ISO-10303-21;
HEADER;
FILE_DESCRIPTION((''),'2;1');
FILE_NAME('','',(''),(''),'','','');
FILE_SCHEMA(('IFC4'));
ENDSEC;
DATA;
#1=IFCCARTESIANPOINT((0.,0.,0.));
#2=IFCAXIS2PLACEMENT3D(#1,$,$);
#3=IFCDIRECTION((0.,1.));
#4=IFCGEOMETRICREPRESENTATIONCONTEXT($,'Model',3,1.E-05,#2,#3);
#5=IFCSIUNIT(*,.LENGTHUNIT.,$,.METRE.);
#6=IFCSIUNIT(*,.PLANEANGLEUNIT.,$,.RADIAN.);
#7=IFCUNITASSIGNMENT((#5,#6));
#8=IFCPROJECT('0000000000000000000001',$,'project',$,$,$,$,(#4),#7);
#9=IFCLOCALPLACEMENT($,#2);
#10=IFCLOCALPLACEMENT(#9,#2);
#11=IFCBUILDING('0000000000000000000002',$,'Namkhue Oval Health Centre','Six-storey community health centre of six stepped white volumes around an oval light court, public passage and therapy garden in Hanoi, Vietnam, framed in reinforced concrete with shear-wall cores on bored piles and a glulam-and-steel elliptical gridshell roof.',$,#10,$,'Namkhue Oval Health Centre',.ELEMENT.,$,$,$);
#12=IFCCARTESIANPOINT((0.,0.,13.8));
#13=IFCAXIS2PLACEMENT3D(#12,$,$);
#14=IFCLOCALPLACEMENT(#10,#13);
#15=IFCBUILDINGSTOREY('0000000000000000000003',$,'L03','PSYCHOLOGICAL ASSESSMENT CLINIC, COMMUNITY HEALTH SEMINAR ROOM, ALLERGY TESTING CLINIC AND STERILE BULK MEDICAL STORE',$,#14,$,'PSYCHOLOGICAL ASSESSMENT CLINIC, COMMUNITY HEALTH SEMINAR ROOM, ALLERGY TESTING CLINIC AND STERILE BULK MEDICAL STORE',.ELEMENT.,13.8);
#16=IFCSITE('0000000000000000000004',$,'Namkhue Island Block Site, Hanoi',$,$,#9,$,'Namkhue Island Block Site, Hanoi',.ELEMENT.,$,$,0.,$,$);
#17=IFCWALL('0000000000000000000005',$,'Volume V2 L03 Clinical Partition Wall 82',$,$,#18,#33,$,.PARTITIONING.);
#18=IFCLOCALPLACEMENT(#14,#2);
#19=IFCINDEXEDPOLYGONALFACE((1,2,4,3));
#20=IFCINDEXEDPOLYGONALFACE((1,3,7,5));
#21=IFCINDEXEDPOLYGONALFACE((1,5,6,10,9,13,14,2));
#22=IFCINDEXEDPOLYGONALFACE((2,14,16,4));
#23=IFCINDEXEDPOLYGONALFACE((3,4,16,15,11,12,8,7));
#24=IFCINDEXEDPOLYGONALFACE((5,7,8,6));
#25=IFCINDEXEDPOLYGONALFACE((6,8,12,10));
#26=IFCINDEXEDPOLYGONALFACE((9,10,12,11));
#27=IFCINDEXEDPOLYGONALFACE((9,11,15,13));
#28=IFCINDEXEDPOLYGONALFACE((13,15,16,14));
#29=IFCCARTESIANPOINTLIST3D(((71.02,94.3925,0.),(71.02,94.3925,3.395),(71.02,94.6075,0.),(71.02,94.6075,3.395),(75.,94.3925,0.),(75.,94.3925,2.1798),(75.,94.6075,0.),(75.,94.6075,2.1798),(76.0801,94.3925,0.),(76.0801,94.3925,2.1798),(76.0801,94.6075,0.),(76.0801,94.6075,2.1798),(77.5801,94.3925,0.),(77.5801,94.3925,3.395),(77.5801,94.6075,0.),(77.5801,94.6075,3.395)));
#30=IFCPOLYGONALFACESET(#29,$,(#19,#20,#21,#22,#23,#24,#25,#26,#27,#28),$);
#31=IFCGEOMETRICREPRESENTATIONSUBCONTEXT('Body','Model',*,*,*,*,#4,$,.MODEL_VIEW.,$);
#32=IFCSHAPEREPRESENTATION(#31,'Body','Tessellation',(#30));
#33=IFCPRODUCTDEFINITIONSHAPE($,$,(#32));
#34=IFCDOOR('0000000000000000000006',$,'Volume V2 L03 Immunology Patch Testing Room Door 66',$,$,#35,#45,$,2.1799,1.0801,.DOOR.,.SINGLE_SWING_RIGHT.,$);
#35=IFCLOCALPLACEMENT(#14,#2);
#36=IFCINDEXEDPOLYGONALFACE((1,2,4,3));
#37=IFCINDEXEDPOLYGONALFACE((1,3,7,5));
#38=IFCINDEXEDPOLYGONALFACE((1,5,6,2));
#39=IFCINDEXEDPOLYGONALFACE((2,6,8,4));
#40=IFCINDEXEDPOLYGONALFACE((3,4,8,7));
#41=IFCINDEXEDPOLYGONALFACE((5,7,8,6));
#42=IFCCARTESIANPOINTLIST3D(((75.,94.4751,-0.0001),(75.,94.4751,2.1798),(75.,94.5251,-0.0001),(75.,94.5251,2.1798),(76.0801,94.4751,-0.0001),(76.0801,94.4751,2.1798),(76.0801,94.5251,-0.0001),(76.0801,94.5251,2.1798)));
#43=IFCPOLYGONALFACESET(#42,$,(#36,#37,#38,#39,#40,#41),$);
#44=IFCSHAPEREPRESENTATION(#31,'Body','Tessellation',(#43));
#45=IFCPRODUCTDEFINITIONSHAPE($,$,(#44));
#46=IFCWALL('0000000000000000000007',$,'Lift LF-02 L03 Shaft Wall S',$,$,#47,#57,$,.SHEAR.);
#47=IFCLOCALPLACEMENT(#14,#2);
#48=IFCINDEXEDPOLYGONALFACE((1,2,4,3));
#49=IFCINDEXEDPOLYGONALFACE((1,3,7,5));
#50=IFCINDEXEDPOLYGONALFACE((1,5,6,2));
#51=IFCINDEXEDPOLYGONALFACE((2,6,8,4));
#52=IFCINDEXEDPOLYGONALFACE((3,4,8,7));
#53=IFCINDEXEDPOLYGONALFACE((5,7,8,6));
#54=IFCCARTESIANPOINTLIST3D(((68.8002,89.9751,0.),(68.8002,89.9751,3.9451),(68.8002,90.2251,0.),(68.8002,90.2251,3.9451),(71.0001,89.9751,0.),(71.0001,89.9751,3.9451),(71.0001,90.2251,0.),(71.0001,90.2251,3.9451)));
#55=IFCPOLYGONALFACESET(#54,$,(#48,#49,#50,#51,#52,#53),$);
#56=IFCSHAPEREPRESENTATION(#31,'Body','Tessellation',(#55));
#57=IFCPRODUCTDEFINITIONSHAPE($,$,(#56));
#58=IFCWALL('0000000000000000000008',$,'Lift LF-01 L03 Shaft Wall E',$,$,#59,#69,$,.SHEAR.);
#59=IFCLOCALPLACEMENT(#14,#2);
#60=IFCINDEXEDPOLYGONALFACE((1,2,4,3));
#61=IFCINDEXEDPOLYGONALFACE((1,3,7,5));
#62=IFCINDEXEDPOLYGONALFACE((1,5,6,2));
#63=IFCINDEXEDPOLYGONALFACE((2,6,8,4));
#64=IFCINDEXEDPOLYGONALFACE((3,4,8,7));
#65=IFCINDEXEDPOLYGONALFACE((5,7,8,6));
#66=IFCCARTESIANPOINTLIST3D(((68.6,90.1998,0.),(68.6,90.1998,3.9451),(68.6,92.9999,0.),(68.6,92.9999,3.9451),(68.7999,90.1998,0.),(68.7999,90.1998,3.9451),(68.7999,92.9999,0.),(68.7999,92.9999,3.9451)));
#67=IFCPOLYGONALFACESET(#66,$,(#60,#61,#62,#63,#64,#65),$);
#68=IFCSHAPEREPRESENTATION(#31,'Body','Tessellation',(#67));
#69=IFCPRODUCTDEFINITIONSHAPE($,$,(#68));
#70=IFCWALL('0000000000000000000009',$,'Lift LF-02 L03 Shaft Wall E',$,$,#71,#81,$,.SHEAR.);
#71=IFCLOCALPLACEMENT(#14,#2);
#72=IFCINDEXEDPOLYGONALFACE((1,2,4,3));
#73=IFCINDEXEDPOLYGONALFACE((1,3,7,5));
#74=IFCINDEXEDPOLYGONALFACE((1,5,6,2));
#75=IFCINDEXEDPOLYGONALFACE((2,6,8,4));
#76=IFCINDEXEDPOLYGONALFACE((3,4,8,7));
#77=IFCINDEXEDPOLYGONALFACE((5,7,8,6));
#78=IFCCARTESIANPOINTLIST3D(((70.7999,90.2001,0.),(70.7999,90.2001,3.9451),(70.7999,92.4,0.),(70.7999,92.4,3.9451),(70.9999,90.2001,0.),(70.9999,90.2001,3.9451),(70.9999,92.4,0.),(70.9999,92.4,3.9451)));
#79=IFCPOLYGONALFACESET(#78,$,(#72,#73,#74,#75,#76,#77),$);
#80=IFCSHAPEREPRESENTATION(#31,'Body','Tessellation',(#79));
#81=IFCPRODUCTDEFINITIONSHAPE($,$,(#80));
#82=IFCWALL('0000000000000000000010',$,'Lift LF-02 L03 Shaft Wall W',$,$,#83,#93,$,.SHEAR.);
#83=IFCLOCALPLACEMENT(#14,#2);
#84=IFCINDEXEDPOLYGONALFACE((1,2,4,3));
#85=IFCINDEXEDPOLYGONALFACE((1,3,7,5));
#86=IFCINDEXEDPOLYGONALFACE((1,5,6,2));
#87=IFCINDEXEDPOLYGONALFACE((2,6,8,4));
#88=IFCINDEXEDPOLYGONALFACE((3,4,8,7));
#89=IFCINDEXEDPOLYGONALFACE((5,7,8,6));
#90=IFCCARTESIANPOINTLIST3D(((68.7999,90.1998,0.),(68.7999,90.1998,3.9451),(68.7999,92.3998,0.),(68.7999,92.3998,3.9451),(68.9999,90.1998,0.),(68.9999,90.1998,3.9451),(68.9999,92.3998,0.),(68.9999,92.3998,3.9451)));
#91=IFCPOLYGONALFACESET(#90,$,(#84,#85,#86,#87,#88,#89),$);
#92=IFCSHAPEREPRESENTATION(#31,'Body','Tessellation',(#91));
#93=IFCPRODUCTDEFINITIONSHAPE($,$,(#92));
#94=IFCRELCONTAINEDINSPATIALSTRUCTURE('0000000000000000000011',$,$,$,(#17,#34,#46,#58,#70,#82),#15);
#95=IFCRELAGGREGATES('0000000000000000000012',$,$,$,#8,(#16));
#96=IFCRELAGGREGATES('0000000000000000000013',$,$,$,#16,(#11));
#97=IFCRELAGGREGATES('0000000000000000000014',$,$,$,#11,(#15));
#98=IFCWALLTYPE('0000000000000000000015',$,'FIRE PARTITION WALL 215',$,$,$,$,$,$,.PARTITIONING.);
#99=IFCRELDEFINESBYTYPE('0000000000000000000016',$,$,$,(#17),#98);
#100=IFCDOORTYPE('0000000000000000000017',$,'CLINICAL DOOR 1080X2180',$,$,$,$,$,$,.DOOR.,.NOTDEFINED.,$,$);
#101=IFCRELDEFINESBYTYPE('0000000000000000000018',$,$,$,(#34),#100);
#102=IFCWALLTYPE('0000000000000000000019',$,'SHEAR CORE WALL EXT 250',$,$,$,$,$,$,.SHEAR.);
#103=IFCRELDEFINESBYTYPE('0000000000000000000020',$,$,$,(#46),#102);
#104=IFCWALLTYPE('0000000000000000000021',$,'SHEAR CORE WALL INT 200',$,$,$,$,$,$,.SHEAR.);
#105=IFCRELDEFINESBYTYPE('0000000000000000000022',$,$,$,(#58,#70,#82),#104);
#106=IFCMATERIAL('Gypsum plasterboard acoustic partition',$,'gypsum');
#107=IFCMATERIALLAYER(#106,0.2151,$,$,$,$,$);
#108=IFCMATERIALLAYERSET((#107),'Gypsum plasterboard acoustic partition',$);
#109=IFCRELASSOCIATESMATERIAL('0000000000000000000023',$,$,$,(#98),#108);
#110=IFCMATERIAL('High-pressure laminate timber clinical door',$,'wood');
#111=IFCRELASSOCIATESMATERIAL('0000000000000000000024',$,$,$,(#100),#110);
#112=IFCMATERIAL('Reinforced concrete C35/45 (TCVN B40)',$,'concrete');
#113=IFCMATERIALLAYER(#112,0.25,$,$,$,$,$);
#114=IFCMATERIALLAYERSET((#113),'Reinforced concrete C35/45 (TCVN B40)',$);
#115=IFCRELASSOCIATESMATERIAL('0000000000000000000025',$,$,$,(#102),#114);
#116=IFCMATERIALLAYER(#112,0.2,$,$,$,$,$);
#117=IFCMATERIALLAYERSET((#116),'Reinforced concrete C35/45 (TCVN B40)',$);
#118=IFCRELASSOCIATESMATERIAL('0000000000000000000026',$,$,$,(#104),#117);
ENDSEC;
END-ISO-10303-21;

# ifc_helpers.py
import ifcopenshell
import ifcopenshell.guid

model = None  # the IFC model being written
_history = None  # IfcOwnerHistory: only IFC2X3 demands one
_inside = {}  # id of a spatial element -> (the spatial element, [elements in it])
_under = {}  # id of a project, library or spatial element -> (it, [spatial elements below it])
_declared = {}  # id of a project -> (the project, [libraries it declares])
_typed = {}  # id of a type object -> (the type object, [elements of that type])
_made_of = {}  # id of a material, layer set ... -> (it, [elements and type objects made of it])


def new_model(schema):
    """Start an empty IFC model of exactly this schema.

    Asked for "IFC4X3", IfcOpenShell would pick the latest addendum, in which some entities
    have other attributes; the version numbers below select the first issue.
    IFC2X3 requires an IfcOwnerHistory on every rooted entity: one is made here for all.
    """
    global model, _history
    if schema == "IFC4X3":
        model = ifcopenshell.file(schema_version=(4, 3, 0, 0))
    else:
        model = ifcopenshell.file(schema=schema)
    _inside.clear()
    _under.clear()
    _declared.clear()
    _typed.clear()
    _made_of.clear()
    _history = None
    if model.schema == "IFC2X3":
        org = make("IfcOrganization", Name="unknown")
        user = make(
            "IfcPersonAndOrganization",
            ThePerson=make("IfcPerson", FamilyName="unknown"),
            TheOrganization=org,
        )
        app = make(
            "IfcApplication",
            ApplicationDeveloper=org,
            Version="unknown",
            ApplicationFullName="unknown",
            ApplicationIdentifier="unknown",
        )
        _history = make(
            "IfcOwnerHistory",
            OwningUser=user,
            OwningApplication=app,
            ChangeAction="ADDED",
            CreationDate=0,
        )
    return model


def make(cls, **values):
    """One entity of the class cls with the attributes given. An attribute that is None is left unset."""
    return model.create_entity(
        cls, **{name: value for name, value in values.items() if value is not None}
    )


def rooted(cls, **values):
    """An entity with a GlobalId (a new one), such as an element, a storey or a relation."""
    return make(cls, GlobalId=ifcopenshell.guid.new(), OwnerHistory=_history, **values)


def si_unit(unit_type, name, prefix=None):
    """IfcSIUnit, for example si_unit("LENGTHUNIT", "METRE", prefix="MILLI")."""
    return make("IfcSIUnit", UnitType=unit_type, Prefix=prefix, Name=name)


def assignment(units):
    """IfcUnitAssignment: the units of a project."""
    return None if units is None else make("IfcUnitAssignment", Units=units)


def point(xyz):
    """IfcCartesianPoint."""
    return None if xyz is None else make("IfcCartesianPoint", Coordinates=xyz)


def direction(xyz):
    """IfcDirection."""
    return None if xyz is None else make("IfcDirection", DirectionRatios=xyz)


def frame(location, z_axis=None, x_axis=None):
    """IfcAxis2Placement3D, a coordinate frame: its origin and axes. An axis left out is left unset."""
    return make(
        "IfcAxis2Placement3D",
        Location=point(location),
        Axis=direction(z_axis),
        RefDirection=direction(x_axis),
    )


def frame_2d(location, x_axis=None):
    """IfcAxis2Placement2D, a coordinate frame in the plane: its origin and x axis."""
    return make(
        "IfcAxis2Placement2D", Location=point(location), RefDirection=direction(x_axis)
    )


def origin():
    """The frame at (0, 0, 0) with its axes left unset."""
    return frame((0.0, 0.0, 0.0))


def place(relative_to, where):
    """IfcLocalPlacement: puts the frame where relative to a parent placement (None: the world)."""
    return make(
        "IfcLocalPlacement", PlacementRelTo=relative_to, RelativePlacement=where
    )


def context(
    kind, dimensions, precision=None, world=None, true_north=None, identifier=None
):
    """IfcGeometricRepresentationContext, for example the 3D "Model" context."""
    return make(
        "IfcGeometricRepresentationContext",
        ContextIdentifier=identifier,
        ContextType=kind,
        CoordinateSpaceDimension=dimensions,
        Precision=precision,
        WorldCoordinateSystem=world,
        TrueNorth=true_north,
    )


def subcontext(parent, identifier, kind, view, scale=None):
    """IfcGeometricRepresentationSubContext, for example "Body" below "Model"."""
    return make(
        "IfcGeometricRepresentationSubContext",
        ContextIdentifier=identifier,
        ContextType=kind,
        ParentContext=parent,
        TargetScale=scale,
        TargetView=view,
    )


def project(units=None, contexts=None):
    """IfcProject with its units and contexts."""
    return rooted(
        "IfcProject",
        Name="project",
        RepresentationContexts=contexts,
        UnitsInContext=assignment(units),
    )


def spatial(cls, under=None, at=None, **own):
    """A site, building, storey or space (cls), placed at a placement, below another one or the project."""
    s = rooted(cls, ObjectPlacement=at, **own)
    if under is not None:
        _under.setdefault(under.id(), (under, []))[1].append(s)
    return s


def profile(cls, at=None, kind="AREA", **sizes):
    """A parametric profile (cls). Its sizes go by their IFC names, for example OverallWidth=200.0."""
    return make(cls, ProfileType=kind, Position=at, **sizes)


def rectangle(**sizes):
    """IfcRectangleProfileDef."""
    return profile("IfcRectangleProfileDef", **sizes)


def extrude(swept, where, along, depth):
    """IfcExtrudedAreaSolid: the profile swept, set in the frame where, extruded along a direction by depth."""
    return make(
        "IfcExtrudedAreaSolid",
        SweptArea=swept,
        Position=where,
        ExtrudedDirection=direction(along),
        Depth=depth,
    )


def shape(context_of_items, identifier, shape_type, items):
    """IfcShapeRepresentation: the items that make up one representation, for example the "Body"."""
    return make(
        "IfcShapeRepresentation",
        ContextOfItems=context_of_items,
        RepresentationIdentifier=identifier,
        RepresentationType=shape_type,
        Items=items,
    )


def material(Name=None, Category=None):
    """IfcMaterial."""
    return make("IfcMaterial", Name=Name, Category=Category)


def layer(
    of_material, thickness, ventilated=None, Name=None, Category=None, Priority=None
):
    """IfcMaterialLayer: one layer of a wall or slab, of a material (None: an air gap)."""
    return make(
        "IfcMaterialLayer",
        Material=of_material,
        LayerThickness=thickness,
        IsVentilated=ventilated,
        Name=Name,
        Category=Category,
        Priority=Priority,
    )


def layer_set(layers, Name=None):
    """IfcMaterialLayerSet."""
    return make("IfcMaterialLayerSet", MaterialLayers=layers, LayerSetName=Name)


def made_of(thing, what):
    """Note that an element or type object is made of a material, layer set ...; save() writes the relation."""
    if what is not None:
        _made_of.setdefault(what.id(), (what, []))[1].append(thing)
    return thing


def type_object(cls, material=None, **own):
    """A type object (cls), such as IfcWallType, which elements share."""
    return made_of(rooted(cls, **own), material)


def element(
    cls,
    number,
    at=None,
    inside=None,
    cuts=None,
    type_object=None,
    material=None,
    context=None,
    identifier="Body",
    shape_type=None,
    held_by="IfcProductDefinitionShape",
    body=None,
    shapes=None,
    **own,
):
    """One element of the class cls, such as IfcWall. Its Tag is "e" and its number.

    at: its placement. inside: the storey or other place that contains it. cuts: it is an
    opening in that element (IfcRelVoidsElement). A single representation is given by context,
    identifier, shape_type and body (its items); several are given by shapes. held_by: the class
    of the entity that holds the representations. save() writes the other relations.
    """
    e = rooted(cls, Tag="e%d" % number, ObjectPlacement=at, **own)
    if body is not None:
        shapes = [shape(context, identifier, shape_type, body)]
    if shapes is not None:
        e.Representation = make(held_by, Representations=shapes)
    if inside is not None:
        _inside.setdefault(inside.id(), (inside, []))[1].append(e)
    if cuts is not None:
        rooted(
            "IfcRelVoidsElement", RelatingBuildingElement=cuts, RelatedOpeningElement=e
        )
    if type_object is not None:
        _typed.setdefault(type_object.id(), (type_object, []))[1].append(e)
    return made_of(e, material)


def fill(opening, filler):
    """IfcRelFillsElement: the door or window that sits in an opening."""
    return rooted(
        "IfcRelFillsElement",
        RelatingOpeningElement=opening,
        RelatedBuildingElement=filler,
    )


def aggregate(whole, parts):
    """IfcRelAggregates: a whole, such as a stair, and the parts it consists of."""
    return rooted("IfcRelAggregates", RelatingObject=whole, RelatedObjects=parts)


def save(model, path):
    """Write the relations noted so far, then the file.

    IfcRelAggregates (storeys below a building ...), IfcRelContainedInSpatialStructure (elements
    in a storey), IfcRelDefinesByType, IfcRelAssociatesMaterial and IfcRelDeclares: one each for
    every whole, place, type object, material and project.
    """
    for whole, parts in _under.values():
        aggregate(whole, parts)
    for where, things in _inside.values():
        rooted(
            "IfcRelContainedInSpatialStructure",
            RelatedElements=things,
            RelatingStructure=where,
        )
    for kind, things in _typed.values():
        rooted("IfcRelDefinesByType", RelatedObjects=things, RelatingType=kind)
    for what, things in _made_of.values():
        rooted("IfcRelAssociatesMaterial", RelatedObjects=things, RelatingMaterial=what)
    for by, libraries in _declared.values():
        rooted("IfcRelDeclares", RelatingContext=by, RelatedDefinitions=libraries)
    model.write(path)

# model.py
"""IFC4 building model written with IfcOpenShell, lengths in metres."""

from ifc_helpers import new_model, si_unit, direction, frame, frame_2d, origin, place, context, subcontext, project, spatial, rectangle, extrude, material, layer, layer_set, type_object, element, fill, save


model = new_model("IFC4")

# Units and contexts
model_context = context("Model", 3, precision=1e-05, world=origin(), true_north=direction((0.0, 1.0)))
body_context = subcontext(model_context, "Body", "Model", "MODEL_VIEW")
ifc_project = project(units=[si_unit("LENGTHUNIT", "METRE"), si_unit("PLANEANGLEUNIT", "RADIAN")], contexts=[model_context])

# Site, building, storey
site_placement = place(None, origin())
site = spatial("IfcSite", under=ifc_project, at=site_placement, Name="Namkhue Island Block Site, Hanoi", LongName="Namkhue Island Block Site, Hanoi", CompositionType="ELEMENT", RefElevation=0.0)
building_placement = place(site_placement, origin())
building = spatial("IfcBuilding", under=site, at=building_placement, Name="Namkhue Oval Health Centre", Description="Six-storey community health centre of six stepped white volumes around an oval light court, public passage and therapy garden in Hanoi, Vietnam, framed in reinforced concrete with shear-wall cores on bored piles and a glulam-and-steel elliptical gridshell roof.", LongName="Namkhue Oval Health Centre", CompositionType="ELEMENT")
storey_placement = place(building_placement, frame((0.0, 0.0, 13.8)))
storey = spatial("IfcBuildingStorey", under=building, at=storey_placement, Name="L03", Description="PSYCHOLOGICAL ASSESSMENT CLINIC, COMMUNITY HEALTH SEMINAR ROOM, ALLERGY TESTING CLINIC AND STERILE BULK MEDICAL STORE", LongName="PSYCHOLOGICAL ASSESSMENT CLINIC, COMMUNITY HEALTH SEMINAR ROOM, ALLERGY TESTING CLINIC AND STERILE BULK MEDICAL STORE", CompositionType="ELEMENT", Elevation=13.8)

# Shared definitions
ifc_material_1 = material(Name="Reinforced concrete C35/45 (TCVN B40)", Category="concrete")

# Wall, opening, door
ifc_material_2 = material(Name="Gypsum plasterboard acoustic partition", Category="gypsum")
ifc_layer_1 = layer(ifc_material_2, 0.2151)
ifc_layer_set_1 = layer_set([ifc_layer_1], Name="Gypsum plasterboard acoustic partition")
wall_type_1 = type_object("IfcWallType", Name="FIRE PARTITION WALL 215", PredefinedType="PARTITIONING", material=ifc_layer_set_1)
wall_1_placement = place(storey_placement, frame((71.02, 94.5, 0.0), z_axis=(0.0, 0.0, 1.0), x_axis=(1.0, 0.0, 0.0)))
wall_1 = element("IfcWall", 1, at=wall_1_placement, inside=storey, type_object=wall_type_1, Name="Volume V2 L03 Clinical Partition Wall 82", PredefinedType="PARTITIONING", context=body_context, shape_type="SweptSolid", body=[
    extrude(rectangle(XDim=6.5601, YDim=0.2151, at=frame_2d((3.28, 0.0))), origin(), (0.0, 0.0, 1.0), 3.395),
])
opening_1_placement = place(wall_1_placement, frame((3.98, 0.0, 0.0)))
opening_1 = element("IfcOpeningElement", 2, at=opening_1_placement, cuts=wall_1, PredefinedType="OPENING", context=body_context, shape_type="SweptSolid", body=[
    extrude(rectangle(XDim=1.0801, YDim=2.1799, at=frame_2d((0.54, 1.0898))), frame((0.0, 0.1174, 0.0), z_axis=(0.0, -1.0, 0.0), x_axis=(1.0, 0.0, 0.0)), (0.0, 0.0, 1.0), 0.2351),
])
ifc_material_3 = material(Name="High-pressure laminate timber clinical door", Category="wood")
door_type_1 = type_object("IfcDoorType", Name="CLINICAL DOOR 1080X2180", OperationType="NOTDEFINED", PredefinedType="DOOR", material=ifc_material_3)
door_1_placement = place(opening_1_placement, frame((1.0801, 0.0, 0.0), z_axis=(0.0, 0.0, 1.0), x_axis=(-1.0, 0.0, 0.0)))
door_1 = element("IfcDoor", 3, at=door_1_placement, inside=storey, type_object=door_type_1, Name="Volume V2 L03 Immunology Patch Testing Room Door 66", OperationType="SINGLE_SWING_RIGHT", OverallHeight=2.1799, OverallWidth=1.0801, PredefinedType="DOOR", context=body_context, shape_type="SweptSolid", body=[
    extrude(rectangle(XDim=1.0801, YDim=2.1799, at=frame_2d((0.54, 1.0898))), frame((0.0, 0.0249, 0.0), z_axis=(0.0, -1.0, 0.0), x_axis=(1.0, 0.0, 0.0)), (0.0, 0.0, 1.0), 0.05),
])
fill(opening_1, door_1)

# Walls
ifc_layer_2 = layer(ifc_material_1, 0.25)
ifc_layer_set_2 = layer_set([ifc_layer_2], Name="Reinforced concrete C35/45 (TCVN B40)")
wall_type_2 = type_object("IfcWallType", Name="SHEAR CORE WALL EXT 250", PredefinedType="SHEAR", material=ifc_layer_set_2)
wall_2_placement = place(storey_placement, frame((68.8, 90.1001, 0.0), z_axis=(0.0, 0.0, 1.0), x_axis=(1.0, 0.0, 0.0)))
element("IfcWall", 4, at=wall_2_placement, inside=storey, type_object=wall_type_2, Name="Lift LF-02 L03 Shaft Wall S", PredefinedType="SHEAR", context=body_context, shape_type="SweptSolid", body=[
    extrude(rectangle(XDim=2.2, YDim=0.25, at=frame_2d((1.1001, 0.0))), origin(), (0.0, 0.0, 1.0), 3.9451),
])
ifc_layer_3 = layer(ifc_material_1, 0.2)
ifc_layer_set_3 = layer_set([ifc_layer_3], Name="Reinforced concrete C35/45 (TCVN B40)")
wall_type_3 = type_object("IfcWallType", Name="SHEAR CORE WALL INT 200", PredefinedType="SHEAR", material=ifc_layer_set_3)
wall_3_placement = place(storey_placement, frame((68.7, 90.2, 0.0), z_axis=(0.0, 0.0, 1.0), x_axis=(0.0, 1.0, 0.0)))
element("IfcWall", 5, at=wall_3_placement, inside=storey, type_object=wall_type_3, Name="Lift LF-01 L03 Shaft Wall E", PredefinedType="SHEAR", context=body_context, shape_type="SweptSolid", body=[
    extrude(rectangle(XDim=2.8, YDim=0.2, at=frame_2d((1.3999, 0.0))), origin(), (0.0, 0.0, 1.0), 3.9451),
])

# Wall
wall_4_placement = place(storey_placement, frame((70.8999, 90.2, 0.0), z_axis=(0.0, 0.0, 1.0), x_axis=(0.0, 1.0, 0.0)))
element("IfcWall", 6, at=wall_4_placement, inside=storey, type_object=wall_type_3, Name="Lift LF-02 L03 Shaft Wall E", PredefinedType="SHEAR", context=body_context, shape_type="SweptSolid", body=[
    extrude(rectangle(XDim=2.2, YDim=0.2, at=frame_2d((1.1001, 0.0))), origin(), (0.0, 0.0, 1.0), 3.9451),
])

# Wall
wall_5_placement = place(storey_placement, frame((68.8999, 92.3999, 0.0), z_axis=(0.0, 0.0, 1.0), x_axis=(0.0, -1.0, 0.0)))
element("IfcWall", 7, at=wall_5_placement, inside=storey, type_object=wall_type_3, Name="Lift LF-02 L03 Shaft Wall W", PredefinedType="SHEAR", context=body_context, shape_type="SweptSolid", body=[
    extrude(rectangle(XDim=2.2, YDim=0.2, at=frame_2d((1.1001, 0.0))), origin(), (0.0, 0.0, 1.0), 3.9451),
])

save(model, "model.ifc")
